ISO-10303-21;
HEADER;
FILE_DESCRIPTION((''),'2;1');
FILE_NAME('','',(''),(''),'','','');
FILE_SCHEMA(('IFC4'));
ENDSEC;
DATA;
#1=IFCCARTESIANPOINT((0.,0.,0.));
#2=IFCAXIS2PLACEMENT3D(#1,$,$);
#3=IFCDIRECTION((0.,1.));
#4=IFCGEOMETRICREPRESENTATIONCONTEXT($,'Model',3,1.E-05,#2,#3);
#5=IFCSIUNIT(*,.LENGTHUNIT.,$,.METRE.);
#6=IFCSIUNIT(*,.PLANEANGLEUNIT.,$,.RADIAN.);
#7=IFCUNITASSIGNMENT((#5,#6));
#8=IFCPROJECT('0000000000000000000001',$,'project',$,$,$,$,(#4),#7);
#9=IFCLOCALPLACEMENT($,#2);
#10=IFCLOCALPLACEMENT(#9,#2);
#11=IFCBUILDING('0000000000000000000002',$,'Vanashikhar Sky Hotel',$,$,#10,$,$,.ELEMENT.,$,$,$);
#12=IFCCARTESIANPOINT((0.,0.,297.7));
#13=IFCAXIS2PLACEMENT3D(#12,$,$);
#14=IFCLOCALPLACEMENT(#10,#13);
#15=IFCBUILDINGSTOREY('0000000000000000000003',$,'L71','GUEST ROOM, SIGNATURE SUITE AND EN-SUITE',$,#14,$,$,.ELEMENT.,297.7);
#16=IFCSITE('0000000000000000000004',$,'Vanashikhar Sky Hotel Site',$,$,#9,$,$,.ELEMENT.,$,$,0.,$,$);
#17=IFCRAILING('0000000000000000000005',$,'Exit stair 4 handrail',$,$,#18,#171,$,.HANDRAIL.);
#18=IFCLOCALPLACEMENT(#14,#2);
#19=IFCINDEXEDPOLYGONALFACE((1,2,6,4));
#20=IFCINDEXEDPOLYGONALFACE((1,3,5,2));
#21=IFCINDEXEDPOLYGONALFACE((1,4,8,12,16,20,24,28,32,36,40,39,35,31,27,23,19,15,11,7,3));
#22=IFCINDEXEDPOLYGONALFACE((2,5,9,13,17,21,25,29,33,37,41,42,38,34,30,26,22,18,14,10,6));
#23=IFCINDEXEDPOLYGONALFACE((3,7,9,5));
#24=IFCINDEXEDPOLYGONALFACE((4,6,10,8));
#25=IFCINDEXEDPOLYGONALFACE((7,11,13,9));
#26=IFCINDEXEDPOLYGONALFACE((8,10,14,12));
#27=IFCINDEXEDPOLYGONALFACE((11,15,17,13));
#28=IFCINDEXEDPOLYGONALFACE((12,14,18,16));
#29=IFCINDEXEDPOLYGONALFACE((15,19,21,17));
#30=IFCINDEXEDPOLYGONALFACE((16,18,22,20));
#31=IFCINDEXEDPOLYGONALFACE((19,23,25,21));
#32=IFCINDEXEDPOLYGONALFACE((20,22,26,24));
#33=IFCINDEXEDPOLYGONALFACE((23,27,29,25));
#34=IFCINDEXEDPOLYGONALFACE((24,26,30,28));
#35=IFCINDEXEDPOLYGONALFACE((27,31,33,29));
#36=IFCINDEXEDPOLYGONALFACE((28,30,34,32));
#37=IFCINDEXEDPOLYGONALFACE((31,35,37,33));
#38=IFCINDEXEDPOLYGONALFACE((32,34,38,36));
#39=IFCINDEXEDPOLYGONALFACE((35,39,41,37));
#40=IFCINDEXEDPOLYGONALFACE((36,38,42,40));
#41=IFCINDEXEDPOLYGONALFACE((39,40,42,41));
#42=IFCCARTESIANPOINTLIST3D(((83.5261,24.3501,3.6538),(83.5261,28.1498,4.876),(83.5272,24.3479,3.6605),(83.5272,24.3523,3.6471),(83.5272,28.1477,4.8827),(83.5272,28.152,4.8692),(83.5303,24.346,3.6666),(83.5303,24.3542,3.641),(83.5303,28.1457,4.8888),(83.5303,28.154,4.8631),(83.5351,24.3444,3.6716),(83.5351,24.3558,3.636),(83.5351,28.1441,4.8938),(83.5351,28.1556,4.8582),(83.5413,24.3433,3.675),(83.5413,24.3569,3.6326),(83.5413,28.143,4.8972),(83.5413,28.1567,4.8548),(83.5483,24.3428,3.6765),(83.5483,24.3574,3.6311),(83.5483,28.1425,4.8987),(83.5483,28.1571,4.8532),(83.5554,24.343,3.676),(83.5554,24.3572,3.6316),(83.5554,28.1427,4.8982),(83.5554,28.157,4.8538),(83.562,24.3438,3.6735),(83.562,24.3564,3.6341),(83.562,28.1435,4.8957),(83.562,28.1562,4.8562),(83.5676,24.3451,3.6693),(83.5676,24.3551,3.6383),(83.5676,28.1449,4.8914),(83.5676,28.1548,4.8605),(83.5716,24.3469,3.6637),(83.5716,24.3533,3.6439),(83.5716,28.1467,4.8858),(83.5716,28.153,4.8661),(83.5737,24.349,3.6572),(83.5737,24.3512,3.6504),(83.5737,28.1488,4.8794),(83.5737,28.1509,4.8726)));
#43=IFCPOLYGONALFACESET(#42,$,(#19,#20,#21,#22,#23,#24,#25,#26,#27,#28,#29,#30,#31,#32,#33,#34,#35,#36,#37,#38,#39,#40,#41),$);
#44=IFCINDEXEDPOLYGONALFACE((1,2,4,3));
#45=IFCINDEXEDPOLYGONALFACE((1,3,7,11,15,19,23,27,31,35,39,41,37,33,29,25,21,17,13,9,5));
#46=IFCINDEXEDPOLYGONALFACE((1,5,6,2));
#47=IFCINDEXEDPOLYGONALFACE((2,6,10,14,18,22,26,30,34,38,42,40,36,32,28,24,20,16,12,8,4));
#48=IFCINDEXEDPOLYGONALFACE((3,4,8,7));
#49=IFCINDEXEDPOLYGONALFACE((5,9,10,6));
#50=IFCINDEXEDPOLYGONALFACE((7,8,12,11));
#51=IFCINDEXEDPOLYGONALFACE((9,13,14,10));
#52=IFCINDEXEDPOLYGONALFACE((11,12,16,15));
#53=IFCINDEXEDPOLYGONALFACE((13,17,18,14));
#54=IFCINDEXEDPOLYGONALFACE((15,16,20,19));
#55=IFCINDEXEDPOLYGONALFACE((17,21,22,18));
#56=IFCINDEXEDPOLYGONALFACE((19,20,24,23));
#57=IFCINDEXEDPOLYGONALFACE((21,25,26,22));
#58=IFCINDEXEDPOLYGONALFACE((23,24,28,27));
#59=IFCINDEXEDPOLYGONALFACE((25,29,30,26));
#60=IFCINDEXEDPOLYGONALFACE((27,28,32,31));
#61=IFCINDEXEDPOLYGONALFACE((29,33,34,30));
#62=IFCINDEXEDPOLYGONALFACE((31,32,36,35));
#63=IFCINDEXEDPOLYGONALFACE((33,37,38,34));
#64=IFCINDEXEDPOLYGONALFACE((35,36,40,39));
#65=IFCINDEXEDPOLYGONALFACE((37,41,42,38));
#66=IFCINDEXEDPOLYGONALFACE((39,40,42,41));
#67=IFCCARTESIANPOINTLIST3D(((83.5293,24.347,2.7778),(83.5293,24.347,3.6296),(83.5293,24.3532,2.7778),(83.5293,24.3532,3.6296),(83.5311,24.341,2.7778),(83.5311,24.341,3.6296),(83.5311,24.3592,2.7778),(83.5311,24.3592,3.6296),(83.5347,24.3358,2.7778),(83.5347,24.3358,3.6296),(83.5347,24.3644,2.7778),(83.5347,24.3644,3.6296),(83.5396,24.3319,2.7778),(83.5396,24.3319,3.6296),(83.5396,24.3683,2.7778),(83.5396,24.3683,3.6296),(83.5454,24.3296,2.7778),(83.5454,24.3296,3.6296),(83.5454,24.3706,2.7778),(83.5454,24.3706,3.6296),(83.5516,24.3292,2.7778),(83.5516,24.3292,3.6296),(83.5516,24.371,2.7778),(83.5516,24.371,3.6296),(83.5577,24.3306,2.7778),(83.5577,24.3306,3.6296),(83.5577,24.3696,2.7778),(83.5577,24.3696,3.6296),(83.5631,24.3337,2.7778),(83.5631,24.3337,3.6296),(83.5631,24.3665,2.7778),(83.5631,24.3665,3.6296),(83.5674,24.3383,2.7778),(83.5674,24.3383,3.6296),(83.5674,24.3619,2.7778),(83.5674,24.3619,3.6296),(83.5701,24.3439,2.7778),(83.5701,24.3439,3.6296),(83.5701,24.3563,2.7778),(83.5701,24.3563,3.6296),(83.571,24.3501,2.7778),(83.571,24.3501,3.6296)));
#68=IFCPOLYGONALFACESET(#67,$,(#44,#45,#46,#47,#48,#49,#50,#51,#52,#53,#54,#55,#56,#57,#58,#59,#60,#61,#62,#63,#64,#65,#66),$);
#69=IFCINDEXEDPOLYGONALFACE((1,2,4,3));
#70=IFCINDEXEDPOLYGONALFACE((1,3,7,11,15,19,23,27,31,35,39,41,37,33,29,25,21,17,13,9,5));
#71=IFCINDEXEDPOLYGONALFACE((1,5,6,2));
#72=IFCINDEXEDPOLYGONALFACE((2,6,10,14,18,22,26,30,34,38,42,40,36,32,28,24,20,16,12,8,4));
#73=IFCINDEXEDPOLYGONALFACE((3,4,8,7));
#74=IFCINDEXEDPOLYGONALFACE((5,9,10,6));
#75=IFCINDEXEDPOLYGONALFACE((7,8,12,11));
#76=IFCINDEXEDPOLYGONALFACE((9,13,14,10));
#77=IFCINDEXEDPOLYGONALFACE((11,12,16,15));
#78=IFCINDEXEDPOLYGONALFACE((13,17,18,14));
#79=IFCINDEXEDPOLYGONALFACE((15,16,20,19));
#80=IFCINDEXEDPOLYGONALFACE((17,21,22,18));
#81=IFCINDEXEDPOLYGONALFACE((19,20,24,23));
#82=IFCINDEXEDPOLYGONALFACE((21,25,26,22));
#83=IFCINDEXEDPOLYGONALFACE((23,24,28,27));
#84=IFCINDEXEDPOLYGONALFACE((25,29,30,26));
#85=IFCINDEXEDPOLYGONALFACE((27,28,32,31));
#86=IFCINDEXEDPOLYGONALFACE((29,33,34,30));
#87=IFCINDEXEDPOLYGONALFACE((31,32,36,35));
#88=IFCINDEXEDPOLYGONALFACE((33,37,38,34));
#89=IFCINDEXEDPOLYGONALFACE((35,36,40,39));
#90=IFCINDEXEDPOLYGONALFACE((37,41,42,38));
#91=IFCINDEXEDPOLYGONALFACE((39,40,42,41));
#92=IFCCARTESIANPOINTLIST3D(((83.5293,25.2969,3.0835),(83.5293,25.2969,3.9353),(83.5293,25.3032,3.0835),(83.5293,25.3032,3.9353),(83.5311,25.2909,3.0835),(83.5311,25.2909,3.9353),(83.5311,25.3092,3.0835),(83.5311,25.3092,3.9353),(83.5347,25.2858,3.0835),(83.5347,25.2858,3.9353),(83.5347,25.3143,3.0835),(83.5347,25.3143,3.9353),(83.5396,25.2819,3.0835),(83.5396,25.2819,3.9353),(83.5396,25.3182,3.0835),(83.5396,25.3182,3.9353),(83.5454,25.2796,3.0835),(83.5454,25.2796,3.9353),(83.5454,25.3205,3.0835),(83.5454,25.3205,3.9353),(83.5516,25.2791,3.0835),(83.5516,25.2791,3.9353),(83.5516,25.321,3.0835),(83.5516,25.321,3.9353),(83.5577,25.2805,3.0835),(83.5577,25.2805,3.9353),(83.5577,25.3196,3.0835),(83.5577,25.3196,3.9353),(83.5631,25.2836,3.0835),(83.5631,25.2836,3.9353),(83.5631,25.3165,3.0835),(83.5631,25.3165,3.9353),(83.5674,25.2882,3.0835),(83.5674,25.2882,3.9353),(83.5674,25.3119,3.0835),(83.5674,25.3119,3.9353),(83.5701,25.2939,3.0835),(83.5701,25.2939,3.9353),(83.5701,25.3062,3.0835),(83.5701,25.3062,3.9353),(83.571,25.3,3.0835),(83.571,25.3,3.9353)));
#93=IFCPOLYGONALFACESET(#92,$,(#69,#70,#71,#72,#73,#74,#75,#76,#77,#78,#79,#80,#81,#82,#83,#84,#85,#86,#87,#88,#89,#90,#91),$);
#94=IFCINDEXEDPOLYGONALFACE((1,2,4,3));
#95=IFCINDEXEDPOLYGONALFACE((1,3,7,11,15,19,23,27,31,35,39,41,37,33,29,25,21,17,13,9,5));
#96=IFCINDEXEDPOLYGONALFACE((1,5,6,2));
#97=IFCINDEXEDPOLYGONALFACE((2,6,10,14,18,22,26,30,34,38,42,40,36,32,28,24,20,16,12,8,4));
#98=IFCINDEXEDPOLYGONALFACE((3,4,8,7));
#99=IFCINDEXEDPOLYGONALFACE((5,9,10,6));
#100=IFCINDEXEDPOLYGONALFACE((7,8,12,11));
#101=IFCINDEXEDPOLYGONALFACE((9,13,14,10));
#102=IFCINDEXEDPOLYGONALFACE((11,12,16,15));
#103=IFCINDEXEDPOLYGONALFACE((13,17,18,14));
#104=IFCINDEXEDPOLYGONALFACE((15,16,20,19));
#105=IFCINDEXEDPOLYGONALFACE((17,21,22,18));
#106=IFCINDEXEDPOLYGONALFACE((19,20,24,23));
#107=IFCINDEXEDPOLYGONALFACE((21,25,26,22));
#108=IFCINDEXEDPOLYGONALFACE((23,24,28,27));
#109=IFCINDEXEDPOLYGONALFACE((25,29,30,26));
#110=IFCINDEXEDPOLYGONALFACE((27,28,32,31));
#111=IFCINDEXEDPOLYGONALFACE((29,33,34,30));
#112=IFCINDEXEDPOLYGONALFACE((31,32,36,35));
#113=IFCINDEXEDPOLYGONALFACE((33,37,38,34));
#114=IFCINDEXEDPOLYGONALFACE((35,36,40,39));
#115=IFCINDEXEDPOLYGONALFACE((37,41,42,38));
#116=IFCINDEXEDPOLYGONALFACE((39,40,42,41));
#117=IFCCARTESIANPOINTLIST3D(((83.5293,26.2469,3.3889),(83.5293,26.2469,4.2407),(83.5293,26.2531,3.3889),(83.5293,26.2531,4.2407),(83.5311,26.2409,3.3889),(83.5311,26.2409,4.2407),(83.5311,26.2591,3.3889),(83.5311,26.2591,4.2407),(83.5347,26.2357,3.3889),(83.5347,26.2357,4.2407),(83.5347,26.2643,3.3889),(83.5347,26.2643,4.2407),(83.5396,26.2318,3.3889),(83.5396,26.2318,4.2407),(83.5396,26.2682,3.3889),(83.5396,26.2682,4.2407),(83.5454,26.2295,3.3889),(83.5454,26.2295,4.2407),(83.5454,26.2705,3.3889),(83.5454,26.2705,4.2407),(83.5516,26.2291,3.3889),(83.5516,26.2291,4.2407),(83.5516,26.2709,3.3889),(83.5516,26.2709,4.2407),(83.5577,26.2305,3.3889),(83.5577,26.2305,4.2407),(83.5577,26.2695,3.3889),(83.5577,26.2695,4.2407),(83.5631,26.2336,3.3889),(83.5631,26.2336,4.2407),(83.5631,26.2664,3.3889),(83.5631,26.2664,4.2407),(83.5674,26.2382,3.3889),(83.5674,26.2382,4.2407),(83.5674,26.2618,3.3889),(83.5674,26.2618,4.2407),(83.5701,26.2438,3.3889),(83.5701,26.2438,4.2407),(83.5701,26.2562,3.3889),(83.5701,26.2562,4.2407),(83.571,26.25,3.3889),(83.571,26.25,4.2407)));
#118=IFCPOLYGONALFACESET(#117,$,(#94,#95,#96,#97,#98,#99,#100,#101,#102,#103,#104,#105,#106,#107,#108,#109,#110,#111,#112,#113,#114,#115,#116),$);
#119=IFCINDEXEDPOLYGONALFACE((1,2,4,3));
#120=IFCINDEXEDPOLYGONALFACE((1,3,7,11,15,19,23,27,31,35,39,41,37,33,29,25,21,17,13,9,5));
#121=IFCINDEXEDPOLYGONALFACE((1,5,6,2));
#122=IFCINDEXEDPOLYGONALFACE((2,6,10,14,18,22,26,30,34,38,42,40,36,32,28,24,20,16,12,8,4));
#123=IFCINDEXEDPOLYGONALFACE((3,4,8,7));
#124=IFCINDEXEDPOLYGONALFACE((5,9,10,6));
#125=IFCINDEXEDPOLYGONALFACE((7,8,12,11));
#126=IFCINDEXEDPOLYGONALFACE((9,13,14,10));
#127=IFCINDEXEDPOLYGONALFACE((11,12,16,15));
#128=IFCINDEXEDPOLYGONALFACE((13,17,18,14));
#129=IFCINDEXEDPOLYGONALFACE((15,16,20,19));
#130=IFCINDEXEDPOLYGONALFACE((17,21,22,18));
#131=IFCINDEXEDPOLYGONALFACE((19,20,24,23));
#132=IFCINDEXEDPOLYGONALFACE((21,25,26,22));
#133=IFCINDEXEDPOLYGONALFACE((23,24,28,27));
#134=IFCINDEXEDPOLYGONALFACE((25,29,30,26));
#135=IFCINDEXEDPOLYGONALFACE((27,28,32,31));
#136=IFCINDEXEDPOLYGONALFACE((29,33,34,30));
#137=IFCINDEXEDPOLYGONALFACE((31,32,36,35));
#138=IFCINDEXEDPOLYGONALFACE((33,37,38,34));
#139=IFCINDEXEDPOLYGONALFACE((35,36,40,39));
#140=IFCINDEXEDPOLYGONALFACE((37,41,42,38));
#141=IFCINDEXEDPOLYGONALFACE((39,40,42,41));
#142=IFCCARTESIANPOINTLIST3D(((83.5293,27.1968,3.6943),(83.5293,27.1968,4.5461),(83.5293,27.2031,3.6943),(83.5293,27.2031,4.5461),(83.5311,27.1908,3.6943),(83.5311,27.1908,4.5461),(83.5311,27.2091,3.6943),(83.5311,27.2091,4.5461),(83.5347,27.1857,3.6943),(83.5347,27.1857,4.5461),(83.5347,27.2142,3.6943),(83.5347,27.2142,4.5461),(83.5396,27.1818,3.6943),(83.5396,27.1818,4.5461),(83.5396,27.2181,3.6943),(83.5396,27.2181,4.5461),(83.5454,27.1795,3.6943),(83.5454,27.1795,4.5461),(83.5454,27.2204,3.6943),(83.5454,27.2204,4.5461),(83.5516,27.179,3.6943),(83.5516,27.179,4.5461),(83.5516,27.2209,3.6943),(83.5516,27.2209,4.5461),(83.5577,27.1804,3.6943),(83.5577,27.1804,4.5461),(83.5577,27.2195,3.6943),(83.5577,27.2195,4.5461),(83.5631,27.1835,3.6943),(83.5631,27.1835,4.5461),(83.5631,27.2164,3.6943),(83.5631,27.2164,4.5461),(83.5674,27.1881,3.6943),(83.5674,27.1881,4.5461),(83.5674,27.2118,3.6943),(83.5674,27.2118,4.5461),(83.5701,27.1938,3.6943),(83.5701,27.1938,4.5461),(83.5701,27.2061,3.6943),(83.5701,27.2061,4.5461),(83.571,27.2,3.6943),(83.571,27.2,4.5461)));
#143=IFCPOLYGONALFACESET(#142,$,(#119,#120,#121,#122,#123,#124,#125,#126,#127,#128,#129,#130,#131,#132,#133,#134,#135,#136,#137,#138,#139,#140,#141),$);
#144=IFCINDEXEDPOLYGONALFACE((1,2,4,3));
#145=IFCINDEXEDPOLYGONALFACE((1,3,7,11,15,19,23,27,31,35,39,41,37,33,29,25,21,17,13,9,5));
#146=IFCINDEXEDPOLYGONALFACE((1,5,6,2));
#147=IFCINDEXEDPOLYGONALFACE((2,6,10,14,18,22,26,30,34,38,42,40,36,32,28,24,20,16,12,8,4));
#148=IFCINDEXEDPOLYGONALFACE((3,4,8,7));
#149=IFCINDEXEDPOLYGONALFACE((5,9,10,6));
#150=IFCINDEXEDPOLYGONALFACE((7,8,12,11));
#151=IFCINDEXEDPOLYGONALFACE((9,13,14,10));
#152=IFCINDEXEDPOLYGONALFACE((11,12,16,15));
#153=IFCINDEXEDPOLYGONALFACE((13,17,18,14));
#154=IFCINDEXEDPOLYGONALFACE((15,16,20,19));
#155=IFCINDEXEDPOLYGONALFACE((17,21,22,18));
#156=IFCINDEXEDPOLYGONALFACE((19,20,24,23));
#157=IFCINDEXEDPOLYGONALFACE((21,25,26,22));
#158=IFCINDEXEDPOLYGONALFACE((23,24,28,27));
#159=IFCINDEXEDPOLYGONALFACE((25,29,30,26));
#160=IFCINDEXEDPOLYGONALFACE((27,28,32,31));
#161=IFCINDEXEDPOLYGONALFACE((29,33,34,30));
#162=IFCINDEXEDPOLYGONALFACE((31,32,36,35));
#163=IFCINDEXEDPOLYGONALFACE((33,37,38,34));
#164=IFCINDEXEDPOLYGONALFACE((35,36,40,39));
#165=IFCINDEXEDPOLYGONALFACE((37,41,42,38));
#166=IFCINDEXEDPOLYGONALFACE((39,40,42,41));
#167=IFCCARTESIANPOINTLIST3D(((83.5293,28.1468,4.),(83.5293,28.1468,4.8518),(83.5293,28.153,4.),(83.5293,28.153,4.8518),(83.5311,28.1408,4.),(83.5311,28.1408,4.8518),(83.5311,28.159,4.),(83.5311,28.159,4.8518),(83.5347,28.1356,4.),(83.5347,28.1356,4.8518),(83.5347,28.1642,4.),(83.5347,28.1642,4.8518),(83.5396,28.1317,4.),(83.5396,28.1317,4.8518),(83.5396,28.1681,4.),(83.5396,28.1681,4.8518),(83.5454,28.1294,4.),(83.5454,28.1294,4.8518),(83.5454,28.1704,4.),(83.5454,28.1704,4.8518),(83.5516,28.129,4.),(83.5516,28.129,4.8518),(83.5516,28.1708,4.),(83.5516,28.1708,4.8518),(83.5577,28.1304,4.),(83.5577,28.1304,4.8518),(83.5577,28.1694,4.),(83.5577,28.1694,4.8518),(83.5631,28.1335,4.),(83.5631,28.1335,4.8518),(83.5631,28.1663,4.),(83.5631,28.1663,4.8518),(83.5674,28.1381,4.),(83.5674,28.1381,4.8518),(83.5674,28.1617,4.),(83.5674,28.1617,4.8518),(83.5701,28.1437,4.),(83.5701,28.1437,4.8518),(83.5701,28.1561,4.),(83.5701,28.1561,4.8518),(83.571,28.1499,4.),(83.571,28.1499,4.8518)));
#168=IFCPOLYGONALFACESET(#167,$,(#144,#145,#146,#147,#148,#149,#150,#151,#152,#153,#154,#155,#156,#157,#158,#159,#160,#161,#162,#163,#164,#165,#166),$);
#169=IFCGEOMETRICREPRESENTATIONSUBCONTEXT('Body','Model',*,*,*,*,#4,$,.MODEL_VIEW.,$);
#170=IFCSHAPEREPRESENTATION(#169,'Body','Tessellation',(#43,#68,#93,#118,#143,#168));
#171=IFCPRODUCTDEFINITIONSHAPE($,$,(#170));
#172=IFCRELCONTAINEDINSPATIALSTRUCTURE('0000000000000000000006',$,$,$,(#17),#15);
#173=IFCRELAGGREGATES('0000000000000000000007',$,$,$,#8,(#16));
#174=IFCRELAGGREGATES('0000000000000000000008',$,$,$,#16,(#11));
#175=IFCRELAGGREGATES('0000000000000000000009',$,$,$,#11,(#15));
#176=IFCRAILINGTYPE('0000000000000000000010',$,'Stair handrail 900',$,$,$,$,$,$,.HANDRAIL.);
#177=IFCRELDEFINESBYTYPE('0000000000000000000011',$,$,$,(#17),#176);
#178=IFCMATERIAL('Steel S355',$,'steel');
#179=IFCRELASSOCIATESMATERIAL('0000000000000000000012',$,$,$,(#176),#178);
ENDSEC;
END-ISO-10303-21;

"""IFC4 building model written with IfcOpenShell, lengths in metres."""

from ifc_helpers import new_model, si_unit, direction, frame, origin, origin_2d, place, context, subcontext, project, spatial, circle, extrude, source, transform, mapped, material, type_object, element, save


model = new_model("IFC4")

# Units and contexts
model_context = context("Model", 3, precision=1e-05, world=origin(), true_north=direction((0.0, 1.0)))
body_context = subcontext(model_context, "Body", "Model", "MODEL_VIEW")
ifc_project = project(units=[si_unit("LENGTHUNIT", "METRE"), si_unit("PLANEANGLEUNIT", "RADIAN")], contexts=[model_context])

# Site, building, storey
site_placement = place(None, origin())
site = spatial("IfcSite", under=ifc_project, at=site_placement, Name="Vanashikhar Sky Hotel Site", CompositionType="ELEMENT", RefElevation=0.0)
building_placement = place(site_placement, origin())
building = spatial("IfcBuilding", under=site, at=building_placement, Name="Vanashikhar Sky Hotel", CompositionType="ELEMENT")
storey_placement = place(building_placement, frame((0.0, 0.0, 297.7)))
storey = spatial("IfcBuildingStorey", under=building, at=storey_placement, Name="L71", Description="GUEST ROOM, SIGNATURE SUITE AND EN-SUITE", CompositionType="ELEMENT", Elevation=297.7)

# Railing
ifc_material_1 = material(Name="Steel S355", Category="steel")
railing_type_1 = type_object("IfcRailingType", Name="Stair handrail 900", PredefinedType="HANDRAIL", material=ifc_material_1)
shared_shape_1 = source(origin(), body_context, "Body", "SweptSolid", [
    extrude(circle(Radius=0.0239, at=origin_2d()), frame((0.0, 0.0, 0.876), z_axis=(0.0, 0.95197, 0.306191), x_axis=(-1.0, 0.0, 0.0)), (0.0, 0.0, 1.0), 3.9915),
    extrude(circle(Radius=0.021, at=origin_2d()), origin(), (0.0, 0.0, 1.0), 0.8518),
    extrude(circle(Radius=0.021, at=origin_2d()), frame((0.0, 0.95, 0.3057)), (0.0, 0.0, 1.0), 0.8518),
    extrude(circle(Radius=0.021, at=origin_2d()), frame((0.0, 1.8999, 0.6111)), (0.0, 0.0, 1.0), 0.8518),
    extrude(circle(Radius=0.021, at=origin_2d()), frame((0.0, 2.8499, 0.9165)), (0.0, 0.0, 1.0), 0.8518),
    extrude(circle(Radius=0.021, at=origin_2d()), frame((0.0, 3.7998, 1.2222)), (0.0, 0.0, 1.0), 0.8518),
])
railing_1_placement = place(storey_placement, frame((83.55, 24.3501, 2.7778)))
element("IfcRailing", 1, at=railing_1_placement, inside=storey, type_object=railing_type_1, Name="Exit stair 4 handrail", PredefinedType="HANDRAIL", context=body_context, shape_type="MappedRepresentation", body=[
    mapped(shared_shape_1, transform((0.0, 0.0, 0.0), scale=1.0)),
])

save(model, "model.ifc")
